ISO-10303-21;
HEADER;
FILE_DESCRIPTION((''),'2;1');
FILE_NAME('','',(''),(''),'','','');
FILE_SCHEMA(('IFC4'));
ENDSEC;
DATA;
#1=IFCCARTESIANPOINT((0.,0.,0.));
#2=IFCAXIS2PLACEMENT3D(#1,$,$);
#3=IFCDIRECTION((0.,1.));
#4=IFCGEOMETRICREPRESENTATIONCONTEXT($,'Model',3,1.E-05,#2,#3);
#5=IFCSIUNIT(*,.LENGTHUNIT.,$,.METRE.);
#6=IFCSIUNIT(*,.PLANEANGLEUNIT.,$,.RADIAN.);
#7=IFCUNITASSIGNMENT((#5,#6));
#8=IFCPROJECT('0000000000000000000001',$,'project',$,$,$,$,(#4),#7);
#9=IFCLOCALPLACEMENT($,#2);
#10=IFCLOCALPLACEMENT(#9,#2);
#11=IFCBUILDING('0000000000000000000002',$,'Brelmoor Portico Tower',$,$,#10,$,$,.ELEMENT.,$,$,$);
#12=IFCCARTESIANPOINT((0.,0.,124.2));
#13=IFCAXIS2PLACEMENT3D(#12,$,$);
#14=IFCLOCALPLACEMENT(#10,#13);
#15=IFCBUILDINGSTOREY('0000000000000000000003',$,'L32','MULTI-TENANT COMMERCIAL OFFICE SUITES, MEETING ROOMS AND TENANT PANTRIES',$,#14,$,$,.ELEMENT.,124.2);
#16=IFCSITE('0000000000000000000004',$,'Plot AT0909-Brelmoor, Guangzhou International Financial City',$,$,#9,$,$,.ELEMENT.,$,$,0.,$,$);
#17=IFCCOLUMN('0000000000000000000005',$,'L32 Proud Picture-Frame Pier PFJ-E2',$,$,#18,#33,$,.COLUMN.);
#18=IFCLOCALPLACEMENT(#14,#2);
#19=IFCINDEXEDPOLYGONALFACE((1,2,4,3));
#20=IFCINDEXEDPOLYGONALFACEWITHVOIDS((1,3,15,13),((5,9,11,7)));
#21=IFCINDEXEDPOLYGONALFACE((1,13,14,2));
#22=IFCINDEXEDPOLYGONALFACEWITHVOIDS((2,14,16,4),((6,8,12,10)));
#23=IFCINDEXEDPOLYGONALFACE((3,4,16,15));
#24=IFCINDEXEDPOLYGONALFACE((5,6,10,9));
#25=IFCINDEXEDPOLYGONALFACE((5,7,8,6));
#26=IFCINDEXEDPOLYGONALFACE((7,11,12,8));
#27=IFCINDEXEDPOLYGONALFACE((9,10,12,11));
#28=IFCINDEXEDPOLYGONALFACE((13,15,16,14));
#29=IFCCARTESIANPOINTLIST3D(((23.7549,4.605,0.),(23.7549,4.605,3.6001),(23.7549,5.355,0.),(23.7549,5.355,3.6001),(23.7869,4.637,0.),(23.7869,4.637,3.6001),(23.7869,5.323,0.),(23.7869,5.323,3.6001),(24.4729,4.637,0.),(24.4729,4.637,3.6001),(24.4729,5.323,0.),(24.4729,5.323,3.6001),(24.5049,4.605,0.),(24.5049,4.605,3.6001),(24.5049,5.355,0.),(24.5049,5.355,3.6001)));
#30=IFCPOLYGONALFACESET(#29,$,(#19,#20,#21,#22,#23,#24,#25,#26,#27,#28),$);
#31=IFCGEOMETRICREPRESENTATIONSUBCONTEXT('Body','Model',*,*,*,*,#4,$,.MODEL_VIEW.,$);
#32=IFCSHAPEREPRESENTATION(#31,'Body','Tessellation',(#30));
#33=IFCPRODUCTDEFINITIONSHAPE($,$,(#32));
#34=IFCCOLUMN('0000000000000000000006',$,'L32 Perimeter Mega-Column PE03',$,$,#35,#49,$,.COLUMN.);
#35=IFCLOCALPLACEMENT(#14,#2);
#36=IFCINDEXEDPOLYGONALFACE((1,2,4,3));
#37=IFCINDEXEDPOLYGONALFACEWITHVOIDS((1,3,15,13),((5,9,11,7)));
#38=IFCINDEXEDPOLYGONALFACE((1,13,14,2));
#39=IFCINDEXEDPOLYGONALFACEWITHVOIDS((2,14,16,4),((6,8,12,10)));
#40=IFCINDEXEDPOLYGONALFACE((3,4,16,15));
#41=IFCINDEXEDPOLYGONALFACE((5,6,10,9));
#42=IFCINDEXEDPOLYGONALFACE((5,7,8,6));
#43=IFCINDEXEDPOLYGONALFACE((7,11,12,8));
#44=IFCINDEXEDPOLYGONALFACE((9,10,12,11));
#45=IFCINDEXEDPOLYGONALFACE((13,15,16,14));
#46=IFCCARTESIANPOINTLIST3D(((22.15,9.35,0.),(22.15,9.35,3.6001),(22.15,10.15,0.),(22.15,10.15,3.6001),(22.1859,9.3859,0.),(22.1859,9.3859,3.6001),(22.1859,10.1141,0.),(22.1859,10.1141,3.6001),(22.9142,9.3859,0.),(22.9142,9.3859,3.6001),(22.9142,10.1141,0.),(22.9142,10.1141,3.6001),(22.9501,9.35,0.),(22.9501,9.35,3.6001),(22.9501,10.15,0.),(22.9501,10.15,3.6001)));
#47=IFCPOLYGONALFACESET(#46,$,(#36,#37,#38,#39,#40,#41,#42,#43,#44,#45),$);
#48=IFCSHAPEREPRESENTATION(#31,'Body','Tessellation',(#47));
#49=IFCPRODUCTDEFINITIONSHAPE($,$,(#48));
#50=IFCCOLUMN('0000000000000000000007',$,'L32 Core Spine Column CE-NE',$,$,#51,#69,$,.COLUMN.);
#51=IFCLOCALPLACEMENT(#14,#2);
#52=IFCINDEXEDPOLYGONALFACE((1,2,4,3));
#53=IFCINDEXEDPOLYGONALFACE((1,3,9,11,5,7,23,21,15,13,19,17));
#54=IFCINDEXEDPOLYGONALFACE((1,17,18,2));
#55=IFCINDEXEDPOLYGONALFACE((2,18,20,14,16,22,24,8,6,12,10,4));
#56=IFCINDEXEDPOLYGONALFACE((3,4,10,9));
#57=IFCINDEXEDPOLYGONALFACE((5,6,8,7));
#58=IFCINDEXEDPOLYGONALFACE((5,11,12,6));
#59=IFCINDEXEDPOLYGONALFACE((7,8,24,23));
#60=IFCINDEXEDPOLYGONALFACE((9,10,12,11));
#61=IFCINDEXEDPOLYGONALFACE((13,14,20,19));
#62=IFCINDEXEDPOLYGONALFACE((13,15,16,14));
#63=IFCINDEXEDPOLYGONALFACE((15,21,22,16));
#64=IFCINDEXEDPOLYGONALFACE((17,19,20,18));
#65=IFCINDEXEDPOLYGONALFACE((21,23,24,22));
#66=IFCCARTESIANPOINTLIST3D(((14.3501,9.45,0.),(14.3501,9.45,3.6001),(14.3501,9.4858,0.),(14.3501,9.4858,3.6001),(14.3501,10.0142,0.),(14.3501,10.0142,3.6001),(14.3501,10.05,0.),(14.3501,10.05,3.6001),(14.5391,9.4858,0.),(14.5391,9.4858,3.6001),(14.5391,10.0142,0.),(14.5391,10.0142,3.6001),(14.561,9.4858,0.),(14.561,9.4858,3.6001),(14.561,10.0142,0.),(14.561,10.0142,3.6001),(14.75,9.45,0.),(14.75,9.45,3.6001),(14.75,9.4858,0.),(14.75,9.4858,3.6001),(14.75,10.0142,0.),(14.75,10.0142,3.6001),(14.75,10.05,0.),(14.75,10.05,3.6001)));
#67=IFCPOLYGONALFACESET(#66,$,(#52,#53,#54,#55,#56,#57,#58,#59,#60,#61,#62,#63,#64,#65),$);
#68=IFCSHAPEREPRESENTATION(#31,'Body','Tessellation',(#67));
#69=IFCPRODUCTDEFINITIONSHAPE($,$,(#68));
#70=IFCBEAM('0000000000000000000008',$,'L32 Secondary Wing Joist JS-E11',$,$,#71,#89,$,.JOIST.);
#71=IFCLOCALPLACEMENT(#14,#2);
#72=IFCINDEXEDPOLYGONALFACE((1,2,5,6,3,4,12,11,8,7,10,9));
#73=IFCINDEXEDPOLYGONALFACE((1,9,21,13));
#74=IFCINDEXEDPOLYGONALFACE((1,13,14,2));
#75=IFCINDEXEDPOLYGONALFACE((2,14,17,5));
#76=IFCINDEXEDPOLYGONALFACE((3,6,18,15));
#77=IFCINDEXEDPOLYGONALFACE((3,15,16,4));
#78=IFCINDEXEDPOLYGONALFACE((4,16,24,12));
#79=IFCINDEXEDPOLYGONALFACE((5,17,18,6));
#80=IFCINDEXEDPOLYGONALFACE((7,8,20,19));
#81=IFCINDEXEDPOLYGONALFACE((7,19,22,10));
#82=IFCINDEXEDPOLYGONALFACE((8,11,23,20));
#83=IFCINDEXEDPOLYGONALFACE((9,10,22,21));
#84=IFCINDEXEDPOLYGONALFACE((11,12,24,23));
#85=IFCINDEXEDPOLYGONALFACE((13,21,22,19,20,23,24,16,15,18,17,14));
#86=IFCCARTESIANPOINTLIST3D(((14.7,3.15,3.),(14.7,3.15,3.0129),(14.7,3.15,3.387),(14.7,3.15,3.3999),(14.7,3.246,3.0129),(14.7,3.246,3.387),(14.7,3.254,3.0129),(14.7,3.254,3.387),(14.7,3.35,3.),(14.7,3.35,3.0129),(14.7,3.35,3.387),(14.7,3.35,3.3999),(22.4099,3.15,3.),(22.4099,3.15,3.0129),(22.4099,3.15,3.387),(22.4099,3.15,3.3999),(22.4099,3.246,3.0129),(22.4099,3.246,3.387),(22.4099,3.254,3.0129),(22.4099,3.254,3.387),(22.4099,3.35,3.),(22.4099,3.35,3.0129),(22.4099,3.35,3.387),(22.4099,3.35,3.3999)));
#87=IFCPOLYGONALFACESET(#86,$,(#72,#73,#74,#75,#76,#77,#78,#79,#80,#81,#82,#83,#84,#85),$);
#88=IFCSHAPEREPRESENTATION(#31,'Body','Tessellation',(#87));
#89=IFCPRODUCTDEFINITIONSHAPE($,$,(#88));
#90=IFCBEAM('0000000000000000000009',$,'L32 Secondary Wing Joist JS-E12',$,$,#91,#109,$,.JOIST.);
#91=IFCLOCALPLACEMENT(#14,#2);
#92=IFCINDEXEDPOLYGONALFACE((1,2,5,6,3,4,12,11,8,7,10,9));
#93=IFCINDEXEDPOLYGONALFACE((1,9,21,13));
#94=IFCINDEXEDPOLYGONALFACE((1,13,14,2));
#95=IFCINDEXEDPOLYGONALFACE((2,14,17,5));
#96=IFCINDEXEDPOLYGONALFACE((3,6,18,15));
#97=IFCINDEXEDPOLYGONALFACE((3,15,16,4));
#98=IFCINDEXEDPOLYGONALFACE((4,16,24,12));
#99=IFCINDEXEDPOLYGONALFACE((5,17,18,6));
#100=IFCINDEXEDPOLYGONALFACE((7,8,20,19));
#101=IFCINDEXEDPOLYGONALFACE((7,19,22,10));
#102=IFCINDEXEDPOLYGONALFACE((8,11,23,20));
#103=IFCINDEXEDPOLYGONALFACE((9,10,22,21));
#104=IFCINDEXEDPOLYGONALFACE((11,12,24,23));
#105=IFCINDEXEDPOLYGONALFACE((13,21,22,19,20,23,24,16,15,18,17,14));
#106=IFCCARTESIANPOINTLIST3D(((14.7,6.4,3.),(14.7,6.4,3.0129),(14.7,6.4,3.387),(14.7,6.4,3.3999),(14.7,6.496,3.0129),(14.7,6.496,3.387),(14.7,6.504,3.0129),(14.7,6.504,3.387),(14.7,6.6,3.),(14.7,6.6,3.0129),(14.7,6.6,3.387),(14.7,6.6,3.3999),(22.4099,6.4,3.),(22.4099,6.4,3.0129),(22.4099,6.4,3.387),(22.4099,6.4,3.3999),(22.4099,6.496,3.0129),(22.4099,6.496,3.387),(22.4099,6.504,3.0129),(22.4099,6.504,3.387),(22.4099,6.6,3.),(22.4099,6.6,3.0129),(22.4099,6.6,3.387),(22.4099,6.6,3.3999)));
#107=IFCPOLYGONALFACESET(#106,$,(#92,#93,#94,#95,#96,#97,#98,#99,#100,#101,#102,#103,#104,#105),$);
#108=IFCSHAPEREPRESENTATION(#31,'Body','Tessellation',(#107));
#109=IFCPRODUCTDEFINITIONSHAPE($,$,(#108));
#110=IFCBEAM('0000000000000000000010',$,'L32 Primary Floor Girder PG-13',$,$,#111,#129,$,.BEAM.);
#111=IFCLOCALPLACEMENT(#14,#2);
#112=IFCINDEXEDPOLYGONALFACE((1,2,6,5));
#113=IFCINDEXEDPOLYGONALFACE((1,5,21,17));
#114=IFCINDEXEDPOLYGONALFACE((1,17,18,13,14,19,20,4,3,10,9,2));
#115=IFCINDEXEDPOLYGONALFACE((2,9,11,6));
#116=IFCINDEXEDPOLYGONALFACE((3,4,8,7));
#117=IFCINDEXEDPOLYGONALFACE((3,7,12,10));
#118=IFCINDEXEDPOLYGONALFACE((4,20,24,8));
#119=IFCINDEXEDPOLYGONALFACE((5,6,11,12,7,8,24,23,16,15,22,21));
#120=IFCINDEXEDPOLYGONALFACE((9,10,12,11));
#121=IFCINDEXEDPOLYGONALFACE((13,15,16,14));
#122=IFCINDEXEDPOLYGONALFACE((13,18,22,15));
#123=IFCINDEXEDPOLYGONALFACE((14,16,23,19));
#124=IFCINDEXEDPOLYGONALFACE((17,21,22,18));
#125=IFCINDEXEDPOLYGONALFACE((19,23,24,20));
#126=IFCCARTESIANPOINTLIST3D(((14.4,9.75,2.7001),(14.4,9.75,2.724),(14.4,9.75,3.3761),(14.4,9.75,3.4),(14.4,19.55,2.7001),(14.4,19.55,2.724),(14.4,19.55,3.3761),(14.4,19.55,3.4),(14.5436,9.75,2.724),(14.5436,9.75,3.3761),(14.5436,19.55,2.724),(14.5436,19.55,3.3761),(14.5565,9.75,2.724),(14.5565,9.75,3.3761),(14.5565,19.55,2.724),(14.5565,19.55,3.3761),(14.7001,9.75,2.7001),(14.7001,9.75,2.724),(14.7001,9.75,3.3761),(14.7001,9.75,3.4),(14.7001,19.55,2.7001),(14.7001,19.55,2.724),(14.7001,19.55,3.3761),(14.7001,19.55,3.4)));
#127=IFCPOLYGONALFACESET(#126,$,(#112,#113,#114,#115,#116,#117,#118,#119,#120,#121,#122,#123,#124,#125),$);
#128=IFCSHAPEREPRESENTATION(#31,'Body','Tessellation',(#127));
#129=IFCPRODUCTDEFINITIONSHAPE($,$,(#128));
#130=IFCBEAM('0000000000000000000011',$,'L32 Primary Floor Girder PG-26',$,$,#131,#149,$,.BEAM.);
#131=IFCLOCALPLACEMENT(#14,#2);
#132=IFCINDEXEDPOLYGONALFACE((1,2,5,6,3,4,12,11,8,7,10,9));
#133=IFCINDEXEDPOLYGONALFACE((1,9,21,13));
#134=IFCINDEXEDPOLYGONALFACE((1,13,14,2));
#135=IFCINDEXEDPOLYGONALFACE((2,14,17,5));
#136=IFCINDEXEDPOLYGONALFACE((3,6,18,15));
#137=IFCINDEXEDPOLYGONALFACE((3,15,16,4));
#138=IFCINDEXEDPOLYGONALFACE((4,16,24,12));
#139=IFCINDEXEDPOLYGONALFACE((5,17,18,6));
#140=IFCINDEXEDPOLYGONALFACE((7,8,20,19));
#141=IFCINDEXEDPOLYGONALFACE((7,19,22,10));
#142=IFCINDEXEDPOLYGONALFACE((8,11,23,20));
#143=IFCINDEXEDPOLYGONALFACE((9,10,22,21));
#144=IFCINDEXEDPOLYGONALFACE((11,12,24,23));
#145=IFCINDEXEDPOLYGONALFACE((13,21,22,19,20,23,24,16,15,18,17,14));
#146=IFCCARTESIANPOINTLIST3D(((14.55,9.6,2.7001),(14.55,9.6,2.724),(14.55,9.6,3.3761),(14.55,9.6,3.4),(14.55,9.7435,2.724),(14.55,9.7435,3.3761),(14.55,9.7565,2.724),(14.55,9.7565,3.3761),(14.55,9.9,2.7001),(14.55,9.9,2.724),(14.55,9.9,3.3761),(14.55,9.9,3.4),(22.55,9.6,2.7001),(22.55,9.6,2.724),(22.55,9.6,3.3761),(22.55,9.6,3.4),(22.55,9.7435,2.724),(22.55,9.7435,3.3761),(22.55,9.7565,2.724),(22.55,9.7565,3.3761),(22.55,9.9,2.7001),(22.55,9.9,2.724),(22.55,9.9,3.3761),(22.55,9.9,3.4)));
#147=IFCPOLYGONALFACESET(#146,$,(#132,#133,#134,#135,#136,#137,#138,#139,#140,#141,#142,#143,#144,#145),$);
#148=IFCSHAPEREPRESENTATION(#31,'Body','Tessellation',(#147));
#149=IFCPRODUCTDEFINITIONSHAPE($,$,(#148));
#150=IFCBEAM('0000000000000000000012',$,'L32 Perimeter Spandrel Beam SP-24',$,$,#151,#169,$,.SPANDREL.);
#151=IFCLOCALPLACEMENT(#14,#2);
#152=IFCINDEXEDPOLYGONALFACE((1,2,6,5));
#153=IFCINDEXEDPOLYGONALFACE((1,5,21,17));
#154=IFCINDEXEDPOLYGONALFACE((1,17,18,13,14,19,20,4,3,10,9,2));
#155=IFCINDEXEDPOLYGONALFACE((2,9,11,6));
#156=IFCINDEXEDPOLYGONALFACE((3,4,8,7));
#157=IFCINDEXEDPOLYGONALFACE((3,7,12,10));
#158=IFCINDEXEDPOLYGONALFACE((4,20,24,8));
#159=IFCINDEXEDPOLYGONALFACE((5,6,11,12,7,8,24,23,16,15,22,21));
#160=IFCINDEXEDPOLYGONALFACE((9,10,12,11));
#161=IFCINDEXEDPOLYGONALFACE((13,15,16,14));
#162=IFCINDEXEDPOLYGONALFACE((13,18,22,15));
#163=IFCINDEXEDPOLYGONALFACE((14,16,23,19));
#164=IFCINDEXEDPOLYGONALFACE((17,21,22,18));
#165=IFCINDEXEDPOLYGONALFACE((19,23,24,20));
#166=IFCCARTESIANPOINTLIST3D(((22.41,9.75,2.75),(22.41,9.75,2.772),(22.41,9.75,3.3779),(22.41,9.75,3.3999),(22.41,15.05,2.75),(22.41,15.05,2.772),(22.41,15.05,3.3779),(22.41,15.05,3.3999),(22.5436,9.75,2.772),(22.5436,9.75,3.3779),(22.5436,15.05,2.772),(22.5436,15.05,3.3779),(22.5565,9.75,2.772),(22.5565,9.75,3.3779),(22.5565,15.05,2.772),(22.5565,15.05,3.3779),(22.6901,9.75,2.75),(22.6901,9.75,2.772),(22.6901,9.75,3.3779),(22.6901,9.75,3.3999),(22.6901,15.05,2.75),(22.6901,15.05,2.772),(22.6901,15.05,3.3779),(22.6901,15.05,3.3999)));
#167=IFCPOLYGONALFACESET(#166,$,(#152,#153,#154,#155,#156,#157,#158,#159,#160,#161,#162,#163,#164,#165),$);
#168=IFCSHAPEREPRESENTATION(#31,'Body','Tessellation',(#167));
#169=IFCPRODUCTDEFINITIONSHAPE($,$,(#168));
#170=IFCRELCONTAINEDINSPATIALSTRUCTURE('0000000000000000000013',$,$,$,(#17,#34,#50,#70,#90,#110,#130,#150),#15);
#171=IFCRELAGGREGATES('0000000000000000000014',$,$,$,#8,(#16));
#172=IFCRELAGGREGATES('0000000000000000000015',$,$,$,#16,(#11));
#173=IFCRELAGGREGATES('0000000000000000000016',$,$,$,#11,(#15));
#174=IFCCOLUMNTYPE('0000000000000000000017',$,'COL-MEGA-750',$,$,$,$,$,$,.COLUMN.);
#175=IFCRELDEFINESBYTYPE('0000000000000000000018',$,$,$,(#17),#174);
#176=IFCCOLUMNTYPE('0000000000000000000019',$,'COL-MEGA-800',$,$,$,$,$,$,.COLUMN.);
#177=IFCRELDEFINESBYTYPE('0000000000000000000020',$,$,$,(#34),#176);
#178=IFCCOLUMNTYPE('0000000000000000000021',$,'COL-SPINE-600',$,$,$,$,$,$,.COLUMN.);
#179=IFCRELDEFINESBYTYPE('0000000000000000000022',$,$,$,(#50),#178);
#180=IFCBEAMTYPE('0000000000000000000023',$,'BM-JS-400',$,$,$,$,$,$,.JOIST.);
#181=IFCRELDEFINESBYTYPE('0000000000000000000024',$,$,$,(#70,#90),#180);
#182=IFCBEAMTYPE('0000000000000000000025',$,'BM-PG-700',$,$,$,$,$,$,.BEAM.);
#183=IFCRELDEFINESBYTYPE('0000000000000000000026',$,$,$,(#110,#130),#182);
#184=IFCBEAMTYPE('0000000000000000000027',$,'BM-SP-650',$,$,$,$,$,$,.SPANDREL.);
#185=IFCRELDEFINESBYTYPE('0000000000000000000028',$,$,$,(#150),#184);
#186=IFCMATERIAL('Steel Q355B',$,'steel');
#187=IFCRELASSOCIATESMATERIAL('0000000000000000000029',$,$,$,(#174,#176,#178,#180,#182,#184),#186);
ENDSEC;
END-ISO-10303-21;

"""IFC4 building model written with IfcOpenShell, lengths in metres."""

from ifc_helpers import new_model, si_unit, direction, frame, origin, origin_2d, place, context, subcontext, project, spatial, hollow_rectangle, i_section, extrude, material, material_profile, profile_set, type_object, element, save


model = new_model("IFC4")

# Units and contexts
model_context = context("Model", 3, precision=1e-05, world=origin(), true_north=direction((0.0, 1.0)))
body_context = subcontext(model_context, "Body", "Model", "MODEL_VIEW")
ifc_project = project(units=[si_unit("LENGTHUNIT", "METRE"), si_unit("PLANEANGLEUNIT", "RADIAN")], contexts=[model_context])

# Site, building, storey
site_placement = place(None, origin())
site = spatial("IfcSite", under=ifc_project, at=site_placement, Name="Plot AT0909-Brelmoor, Guangzhou International Financial City", CompositionType="ELEMENT", RefElevation=0.0)
building_placement = place(site_placement, origin())
building = spatial("IfcBuilding", under=site, at=building_placement, Name="Brelmoor Portico Tower", CompositionType="ELEMENT")
storey_placement = place(building_placement, frame((0.0, 0.0, 124.2)))
storey = spatial("IfcBuildingStorey", under=building, at=storey_placement, Name="L32", Description="MULTI-TENANT COMMERCIAL OFFICE SUITES, MEETING ROOMS AND TENANT PANTRIES", CompositionType="ELEMENT", Elevation=124.2)

# Columns
ifc_material_1 = material(Name="Steel Q355B", Category="steel")
ifc_material_profile_1 = material_profile(ifc_material_1, hollow_rectangle(XDim=0.75, YDim=0.75, WallThickness=0.032, at=origin_2d()), Name="BOX 750x750x32")
ifc_profile_set_1 = profile_set([ifc_material_profile_1], Name="Steel Q355B")
column_type_1 = type_object("IfcColumnType", Name="COL-MEGA-750", PredefinedType="COLUMN", material=ifc_profile_set_1)
column_1_placement = place(storey_placement, frame((24.1299, 4.98, 0.0), z_axis=(0.0, 0.0, 1.0), x_axis=(0.0, 1.0, 0.0)))
element("IfcColumn", 1, at=column_1_placement, inside=storey, type_object=column_type_1, Name="L32 Proud Picture-Frame Pier PFJ-E2", PredefinedType="COLUMN", context=body_context, shape_type="SweptSolid", body=[
    extrude(hollow_rectangle(XDim=0.75, YDim=0.75, WallThickness=0.032, at=origin_2d()), origin(), (0.0, 0.0, 1.0), 3.6001),
])
ifc_material_profile_2 = material_profile(ifc_material_1, hollow_rectangle(XDim=0.8, YDim=0.8, WallThickness=0.0359, at=origin_2d()), Name="BOX 800x800x36")
ifc_profile_set_2 = profile_set([ifc_material_profile_2], Name="Steel Q355B")
column_type_2 = type_object("IfcColumnType", Name="COL-MEGA-800", PredefinedType="COLUMN", material=ifc_profile_set_2)
column_2_placement = place(storey_placement, frame((22.55, 9.75, 0.0), z_axis=(0.0, 0.0, 1.0), x_axis=(0.0, 1.0, 0.0)))
element("IfcColumn", 2, at=column_2_placement, inside=storey, type_object=column_type_2, Name="L32 Perimeter Mega-Column PE03", PredefinedType="COLUMN", context=body_context, shape_type="SweptSolid", body=[
    extrude(hollow_rectangle(XDim=0.8, YDim=0.8, WallThickness=0.0359, at=origin_2d()), origin(), (0.0, 0.0, 1.0), 3.6001),
])
ifc_material_profile_3 = material_profile(ifc_material_1, i_section(OverallWidth=0.3999, OverallDepth=0.6001, WebThickness=0.022, FlangeThickness=0.0359, at=origin_2d()), Name="HW 600x400x22x36")
ifc_profile_set_3 = profile_set([ifc_material_profile_3], Name="Steel Q355B")
column_type_3 = type_object("IfcColumnType", Name="COL-SPINE-600", PredefinedType="COLUMN", material=ifc_profile_set_3)
column_3_placement = place(storey_placement, frame((14.55, 9.75, 0.0), z_axis=(0.0, 0.0, 1.0), x_axis=(1.0, 0.0, 0.0)))
element("IfcColumn", 3, at=column_3_placement, inside=storey, type_object=column_type_3, Name="L32 Core Spine Column CE-NE", PredefinedType="COLUMN", context=body_context, shape_type="SweptSolid", body=[
    extrude(i_section(OverallWidth=0.3999, OverallDepth=0.6001, WebThickness=0.022, FlangeThickness=0.0359, at=origin_2d()), origin(), (0.0, 0.0, 1.0), 3.6001),
])

# Beams
ifc_material_profile_4 = material_profile(ifc_material_1, i_section(OverallWidth=0.2, OverallDepth=0.3999, WebThickness=0.0081, FlangeThickness=0.0129, at=origin_2d()), Name="HN 400x200x8x13")
ifc_profile_set_4 = profile_set([ifc_material_profile_4], Name="Steel Q355B")
beam_type_1 = type_object("IfcBeamType", Name="BM-JS-400", PredefinedType="JOIST", material=ifc_profile_set_4)
for number, where, z_axis, x_axis, name in (
    (4, (14.7, 3.25, 3.2), (1.0, 0.0, 0.0), (0.0, 1.0, 0.0), "L32 Secondary Wing Joist JS-E11"),
    (5, (14.7, 6.5, 3.2), (1.0, 0.0, 0.0), (0.0, 1.0, 0.0), "L32 Secondary Wing Joist JS-E12"),
):
    element("IfcBeam", number, at=place(storey_placement, frame(where, z_axis=z_axis, x_axis=x_axis)), inside=storey, type_object=beam_type_1, Name=name, PredefinedType="JOIST", context=body_context, shape_type="SweptSolid", body=[
        extrude(i_section(OverallWidth=0.2, OverallDepth=0.3999, WebThickness=0.0081, FlangeThickness=0.0129, at=origin_2d()), origin(), (0.0, 0.0, 1.0), 7.71),
    ])
ifc_material_profile_5 = material_profile(ifc_material_1, i_section(OverallWidth=0.3, OverallDepth=0.7, WebThickness=0.0129, FlangeThickness=0.0239, at=origin_2d()), Name="HN 700x300x13x24")
ifc_profile_set_5 = profile_set([ifc_material_profile_5], Name="Steel Q355B")
beam_type_2 = type_object("IfcBeamType", Name="BM-PG-700", PredefinedType="BEAM", material=ifc_profile_set_5)
beam_1_placement = place(storey_placement, frame((14.55, 9.75, 3.05), z_axis=(0.0, 1.0, 0.0), x_axis=(-1.0, 0.0, 0.0)))
element("IfcBeam", 6, at=beam_1_placement, inside=storey, type_object=beam_type_2, Name="L32 Primary Floor Girder PG-13", PredefinedType="BEAM", context=body_context, shape_type="SweptSolid", body=[
    extrude(i_section(OverallWidth=0.3, OverallDepth=0.7, WebThickness=0.0129, FlangeThickness=0.0239, at=origin_2d()), origin(), (0.0, 0.0, 1.0), 9.8),
])
beam_2_placement = place(storey_placement, frame((14.55, 9.75, 3.05), z_axis=(1.0, 0.0, 0.0), x_axis=(0.0, 1.0, 0.0)))
element("IfcBeam", 7, at=beam_2_placement, inside=storey, type_object=beam_type_2, Name="L32 Primary Floor Girder PG-26", PredefinedType="BEAM", context=body_context, shape_type="SweptSolid", body=[
    extrude(i_section(OverallWidth=0.3, OverallDepth=0.7, WebThickness=0.0129, FlangeThickness=0.0239, at=origin_2d()), origin(), (0.0, 0.0, 1.0), 8.0),
])
ifc_material_profile_6 = material_profile(ifc_material_1, i_section(OverallWidth=0.28, OverallDepth=0.6499, WebThickness=0.0129, FlangeThickness=0.022, at=origin_2d()), Name="HN 650x280x13x22")
ifc_profile_set_6 = profile_set([ifc_material_profile_6], Name="Steel Q355B")
beam_type_3 = type_object("IfcBeamType", Name="BM-SP-650", PredefinedType="SPANDREL", material=ifc_profile_set_6)
beam_3_placement = place(storey_placement, frame((22.55, 9.75, 3.075), z_axis=(0.0, 1.0, 0.0), x_axis=(-1.0, 0.0, 0.0)))
element("IfcBeam", 8, at=beam_3_placement, inside=storey, type_object=beam_type_3, Name="L32 Perimeter Spandrel Beam SP-24", PredefinedType="SPANDREL", context=body_context, shape_type="SweptSolid", body=[
    extrude(i_section(OverallWidth=0.28, OverallDepth=0.6499, WebThickness=0.0129, FlangeThickness=0.022, at=origin_2d()), origin(), (0.0, 0.0, 1.0), 5.3),
])

save(model, "model.ifc")
